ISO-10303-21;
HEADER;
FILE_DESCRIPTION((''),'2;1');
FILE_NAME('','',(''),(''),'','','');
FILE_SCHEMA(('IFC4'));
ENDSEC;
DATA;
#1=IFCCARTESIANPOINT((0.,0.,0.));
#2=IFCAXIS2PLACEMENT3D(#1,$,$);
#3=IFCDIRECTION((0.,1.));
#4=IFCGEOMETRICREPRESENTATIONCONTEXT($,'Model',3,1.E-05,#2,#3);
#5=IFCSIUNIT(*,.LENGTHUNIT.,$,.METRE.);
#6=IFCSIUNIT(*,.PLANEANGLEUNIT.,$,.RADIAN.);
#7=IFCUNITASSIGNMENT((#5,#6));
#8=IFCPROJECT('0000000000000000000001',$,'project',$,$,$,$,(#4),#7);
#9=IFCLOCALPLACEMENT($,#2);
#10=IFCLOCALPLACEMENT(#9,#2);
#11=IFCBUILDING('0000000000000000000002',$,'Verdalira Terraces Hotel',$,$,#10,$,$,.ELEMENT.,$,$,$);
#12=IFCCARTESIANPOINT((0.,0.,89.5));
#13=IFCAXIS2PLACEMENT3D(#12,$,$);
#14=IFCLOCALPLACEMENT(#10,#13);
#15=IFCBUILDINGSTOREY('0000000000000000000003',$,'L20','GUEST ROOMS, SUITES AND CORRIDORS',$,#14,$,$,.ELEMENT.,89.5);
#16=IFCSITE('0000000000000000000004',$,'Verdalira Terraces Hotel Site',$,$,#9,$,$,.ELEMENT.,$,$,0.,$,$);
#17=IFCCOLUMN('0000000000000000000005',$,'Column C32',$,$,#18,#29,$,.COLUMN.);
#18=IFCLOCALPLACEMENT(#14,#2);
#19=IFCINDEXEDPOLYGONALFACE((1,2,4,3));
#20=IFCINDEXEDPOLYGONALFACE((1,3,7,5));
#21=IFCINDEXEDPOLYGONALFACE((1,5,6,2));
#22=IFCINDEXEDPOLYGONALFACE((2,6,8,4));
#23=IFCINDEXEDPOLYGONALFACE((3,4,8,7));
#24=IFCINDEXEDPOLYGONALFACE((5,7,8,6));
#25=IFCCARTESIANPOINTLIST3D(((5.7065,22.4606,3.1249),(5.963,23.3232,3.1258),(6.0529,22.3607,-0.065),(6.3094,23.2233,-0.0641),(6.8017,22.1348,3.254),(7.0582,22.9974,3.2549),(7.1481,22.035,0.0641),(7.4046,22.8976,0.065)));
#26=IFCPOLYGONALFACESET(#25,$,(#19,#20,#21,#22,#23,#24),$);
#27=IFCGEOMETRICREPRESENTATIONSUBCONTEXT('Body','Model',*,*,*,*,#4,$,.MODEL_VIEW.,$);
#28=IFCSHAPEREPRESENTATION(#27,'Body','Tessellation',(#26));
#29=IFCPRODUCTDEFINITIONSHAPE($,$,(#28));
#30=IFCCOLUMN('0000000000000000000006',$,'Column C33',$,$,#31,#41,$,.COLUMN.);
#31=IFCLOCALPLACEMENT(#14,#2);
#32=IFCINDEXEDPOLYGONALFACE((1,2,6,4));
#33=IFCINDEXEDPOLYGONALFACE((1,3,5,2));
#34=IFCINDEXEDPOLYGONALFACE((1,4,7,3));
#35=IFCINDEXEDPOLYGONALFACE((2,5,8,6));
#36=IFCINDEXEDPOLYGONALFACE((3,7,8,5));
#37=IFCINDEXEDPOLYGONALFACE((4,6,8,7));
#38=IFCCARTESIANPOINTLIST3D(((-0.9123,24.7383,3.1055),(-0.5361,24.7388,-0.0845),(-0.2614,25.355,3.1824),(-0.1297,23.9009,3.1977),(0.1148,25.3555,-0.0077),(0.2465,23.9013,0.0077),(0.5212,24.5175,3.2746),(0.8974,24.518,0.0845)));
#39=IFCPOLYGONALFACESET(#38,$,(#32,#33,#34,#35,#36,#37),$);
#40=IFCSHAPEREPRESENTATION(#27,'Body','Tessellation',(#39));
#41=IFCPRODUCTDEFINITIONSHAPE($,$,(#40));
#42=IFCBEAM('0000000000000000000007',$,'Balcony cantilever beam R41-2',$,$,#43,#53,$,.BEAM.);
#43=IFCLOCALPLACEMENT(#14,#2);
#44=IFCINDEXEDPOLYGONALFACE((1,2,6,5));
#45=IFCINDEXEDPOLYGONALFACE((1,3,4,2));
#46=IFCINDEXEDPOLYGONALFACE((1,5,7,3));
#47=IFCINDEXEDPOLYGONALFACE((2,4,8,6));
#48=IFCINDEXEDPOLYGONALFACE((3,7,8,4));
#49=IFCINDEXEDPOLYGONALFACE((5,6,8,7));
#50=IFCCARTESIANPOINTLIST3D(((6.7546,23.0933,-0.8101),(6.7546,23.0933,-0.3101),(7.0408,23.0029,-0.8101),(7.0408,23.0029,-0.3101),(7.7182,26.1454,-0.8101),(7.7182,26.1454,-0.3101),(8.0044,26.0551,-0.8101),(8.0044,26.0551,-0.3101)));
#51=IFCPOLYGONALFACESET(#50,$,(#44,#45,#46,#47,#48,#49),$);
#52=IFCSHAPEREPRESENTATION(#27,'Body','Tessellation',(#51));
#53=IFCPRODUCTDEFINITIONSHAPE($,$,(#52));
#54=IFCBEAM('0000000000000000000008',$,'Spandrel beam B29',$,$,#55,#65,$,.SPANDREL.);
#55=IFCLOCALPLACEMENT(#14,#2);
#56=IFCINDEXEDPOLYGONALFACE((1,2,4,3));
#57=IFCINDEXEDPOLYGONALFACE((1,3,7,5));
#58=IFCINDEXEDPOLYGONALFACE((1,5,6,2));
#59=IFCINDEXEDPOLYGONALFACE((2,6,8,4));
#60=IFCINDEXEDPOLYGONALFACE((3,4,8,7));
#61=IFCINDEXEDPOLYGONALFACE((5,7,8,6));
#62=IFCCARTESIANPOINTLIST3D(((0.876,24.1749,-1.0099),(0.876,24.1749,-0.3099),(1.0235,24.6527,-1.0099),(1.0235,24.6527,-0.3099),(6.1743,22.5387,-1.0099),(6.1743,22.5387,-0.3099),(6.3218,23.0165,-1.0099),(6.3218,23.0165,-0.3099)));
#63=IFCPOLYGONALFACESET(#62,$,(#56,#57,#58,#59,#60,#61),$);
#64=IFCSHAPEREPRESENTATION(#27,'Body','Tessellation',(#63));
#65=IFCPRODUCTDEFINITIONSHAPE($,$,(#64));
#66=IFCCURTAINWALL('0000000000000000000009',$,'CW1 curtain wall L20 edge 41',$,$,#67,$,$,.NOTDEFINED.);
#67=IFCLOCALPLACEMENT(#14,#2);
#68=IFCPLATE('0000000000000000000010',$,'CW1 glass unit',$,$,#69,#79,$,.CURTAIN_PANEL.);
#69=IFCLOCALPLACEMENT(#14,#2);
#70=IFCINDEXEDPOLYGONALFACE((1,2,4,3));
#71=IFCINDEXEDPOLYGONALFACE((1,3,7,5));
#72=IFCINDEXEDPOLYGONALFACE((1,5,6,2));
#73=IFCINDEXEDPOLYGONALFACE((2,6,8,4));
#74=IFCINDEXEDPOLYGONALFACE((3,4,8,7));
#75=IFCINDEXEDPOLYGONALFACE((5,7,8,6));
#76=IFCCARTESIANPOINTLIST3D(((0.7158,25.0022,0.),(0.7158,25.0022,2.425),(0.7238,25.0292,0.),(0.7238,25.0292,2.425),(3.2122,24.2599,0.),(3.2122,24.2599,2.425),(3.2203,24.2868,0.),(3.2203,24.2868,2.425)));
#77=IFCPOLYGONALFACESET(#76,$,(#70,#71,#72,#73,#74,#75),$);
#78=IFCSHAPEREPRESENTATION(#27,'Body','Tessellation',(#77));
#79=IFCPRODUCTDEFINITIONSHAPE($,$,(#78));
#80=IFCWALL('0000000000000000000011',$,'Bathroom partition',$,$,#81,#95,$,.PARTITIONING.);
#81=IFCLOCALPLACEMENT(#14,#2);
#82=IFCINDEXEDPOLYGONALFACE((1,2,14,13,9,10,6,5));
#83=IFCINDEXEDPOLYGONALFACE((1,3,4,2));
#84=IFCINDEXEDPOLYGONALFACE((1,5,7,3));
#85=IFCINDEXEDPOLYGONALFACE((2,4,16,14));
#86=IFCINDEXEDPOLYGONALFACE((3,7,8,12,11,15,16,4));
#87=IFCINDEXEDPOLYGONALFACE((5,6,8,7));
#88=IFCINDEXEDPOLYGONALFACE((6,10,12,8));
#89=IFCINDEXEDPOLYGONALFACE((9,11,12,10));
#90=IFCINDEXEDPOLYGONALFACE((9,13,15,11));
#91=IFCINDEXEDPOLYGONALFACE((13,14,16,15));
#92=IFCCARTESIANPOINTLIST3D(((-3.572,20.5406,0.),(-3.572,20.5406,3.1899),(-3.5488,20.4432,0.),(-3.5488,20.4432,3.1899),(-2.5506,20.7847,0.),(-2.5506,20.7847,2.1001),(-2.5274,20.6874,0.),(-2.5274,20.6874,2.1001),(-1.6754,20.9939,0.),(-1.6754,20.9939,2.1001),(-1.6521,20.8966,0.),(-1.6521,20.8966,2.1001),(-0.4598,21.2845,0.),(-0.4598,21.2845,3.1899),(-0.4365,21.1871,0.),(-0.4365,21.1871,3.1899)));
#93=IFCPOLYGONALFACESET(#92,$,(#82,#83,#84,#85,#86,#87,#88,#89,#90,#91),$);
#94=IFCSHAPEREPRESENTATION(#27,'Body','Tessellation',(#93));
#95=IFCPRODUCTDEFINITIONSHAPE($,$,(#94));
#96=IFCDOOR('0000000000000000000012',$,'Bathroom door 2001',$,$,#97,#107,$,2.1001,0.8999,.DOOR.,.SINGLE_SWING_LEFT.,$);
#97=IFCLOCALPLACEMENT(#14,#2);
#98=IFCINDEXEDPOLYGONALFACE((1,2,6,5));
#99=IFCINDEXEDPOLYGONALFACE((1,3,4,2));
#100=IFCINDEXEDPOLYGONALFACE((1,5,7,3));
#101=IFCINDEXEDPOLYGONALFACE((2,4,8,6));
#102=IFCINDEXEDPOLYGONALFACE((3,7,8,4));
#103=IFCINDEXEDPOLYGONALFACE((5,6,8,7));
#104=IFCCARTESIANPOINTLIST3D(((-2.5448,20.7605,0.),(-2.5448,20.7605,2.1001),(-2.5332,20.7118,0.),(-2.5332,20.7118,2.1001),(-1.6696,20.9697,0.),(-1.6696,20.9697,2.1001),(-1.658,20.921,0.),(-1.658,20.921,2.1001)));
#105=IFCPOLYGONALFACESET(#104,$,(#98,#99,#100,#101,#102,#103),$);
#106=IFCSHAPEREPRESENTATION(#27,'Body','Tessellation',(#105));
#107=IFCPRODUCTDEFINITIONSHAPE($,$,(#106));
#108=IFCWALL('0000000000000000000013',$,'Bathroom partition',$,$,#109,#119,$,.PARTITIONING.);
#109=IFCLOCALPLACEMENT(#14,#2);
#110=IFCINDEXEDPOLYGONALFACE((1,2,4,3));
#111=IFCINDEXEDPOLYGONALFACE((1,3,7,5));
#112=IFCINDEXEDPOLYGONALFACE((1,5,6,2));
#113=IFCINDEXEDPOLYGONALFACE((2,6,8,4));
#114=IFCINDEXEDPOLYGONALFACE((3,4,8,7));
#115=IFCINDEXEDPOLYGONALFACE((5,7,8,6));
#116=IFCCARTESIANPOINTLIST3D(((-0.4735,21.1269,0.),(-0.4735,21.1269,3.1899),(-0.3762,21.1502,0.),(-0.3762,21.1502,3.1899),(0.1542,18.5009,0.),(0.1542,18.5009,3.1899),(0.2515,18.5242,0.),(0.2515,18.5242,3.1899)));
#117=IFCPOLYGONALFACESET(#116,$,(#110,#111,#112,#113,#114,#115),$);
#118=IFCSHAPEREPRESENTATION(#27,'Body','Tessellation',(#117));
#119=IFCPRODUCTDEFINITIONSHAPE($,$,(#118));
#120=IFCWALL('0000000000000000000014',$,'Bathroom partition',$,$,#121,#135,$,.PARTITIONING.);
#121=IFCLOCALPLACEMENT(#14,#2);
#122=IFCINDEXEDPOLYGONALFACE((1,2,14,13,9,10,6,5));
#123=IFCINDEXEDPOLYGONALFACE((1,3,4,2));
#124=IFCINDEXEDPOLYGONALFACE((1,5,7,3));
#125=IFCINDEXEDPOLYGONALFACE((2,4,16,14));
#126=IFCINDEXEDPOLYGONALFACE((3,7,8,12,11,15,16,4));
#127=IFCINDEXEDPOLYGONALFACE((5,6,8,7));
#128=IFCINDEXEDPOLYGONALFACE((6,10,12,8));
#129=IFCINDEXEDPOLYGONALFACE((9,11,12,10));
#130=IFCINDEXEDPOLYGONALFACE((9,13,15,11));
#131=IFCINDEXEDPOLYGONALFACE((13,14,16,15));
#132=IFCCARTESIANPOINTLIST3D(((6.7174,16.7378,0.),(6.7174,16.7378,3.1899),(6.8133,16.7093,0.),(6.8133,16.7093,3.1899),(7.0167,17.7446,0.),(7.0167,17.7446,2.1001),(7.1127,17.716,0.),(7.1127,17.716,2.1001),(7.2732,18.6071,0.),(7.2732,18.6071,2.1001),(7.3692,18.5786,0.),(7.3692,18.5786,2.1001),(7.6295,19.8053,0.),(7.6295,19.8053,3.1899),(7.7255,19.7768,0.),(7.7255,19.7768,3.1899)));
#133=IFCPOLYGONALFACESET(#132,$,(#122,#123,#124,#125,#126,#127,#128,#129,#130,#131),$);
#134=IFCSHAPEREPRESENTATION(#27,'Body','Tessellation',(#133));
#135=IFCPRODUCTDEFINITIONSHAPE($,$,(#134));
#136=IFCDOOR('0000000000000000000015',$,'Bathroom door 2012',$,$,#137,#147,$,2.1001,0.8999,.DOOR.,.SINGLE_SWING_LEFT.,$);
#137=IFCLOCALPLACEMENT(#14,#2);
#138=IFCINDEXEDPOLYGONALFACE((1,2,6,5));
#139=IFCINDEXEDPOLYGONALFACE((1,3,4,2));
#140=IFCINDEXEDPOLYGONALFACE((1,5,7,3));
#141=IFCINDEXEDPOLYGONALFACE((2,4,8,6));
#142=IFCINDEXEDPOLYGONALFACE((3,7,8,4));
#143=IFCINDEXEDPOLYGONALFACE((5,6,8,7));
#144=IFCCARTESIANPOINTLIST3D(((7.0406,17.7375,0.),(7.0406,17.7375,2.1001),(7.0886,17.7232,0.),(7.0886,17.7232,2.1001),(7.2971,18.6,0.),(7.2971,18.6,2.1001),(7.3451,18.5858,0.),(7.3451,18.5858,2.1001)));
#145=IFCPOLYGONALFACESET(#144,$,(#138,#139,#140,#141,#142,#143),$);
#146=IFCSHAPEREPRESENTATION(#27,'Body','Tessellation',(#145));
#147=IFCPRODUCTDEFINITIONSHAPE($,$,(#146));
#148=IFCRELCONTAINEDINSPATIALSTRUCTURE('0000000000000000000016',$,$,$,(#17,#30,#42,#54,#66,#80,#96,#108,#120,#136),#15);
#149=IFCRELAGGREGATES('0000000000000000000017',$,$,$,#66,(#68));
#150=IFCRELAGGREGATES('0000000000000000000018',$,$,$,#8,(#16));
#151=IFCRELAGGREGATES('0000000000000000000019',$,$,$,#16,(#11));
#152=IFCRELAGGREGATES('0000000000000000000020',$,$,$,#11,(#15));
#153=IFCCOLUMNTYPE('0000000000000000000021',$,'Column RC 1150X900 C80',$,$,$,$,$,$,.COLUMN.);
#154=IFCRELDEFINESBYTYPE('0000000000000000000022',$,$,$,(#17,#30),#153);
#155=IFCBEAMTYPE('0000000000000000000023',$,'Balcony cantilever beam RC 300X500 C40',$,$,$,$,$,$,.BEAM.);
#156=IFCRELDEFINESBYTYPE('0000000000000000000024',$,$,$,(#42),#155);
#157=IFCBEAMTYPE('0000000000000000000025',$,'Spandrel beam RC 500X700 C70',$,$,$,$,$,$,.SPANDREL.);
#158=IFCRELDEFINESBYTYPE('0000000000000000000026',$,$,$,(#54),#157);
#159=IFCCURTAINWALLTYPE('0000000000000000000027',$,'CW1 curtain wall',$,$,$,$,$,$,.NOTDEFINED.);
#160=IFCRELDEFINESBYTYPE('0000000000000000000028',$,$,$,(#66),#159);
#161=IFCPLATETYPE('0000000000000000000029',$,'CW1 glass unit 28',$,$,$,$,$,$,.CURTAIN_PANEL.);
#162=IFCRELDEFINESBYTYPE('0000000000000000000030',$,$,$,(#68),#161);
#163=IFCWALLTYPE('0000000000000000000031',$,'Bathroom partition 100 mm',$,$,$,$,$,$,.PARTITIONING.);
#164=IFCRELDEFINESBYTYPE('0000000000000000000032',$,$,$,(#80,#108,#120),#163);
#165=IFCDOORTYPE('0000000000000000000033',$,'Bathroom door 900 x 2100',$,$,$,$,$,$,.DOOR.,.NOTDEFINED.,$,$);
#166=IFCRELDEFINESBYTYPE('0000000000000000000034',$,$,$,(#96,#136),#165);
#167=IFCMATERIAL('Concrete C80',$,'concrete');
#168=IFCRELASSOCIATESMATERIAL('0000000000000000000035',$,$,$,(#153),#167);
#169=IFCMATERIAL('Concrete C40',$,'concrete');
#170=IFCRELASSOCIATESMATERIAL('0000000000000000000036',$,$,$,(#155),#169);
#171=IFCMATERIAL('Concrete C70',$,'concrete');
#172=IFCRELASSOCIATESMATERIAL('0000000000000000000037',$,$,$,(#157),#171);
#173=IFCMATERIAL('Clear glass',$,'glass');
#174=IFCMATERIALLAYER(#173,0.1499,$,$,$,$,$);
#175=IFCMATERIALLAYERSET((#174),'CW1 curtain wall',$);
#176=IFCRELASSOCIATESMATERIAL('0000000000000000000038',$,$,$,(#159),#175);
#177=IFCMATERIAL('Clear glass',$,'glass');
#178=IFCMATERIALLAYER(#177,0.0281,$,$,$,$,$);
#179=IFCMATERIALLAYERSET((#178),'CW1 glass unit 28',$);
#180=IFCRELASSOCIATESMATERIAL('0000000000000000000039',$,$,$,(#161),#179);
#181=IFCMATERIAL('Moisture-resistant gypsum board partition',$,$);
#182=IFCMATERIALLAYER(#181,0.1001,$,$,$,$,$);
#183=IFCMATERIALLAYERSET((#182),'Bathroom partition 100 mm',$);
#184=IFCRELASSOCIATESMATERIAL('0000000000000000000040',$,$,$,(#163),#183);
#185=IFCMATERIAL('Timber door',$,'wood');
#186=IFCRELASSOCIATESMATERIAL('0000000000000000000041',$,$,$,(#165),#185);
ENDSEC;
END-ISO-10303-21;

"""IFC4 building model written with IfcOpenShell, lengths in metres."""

from ifc_helpers import new_model, si_unit, direction, frame, frame_2d, origin, origin_2d, place, context, subcontext, project, spatial, rectangle, extrude, material, layer, layer_set, material_profile, profile_set, type_object, element, fill, aggregate, save


model = new_model("IFC4")

# Units and contexts
model_context = context("Model", 3, precision=1e-05, world=origin(), true_north=direction((0.0, 1.0)))
body_context = subcontext(model_context, "Body", "Model", "MODEL_VIEW")
ifc_project = project(units=[si_unit("LENGTHUNIT", "METRE"), si_unit("PLANEANGLEUNIT", "RADIAN")], contexts=[model_context])

# Site, building, storey
site_placement = place(None, origin())
site = spatial("IfcSite", under=ifc_project, at=site_placement, Name="Verdalira Terraces Hotel Site", CompositionType="ELEMENT", RefElevation=0.0)
building_placement = place(site_placement, origin())
building = spatial("IfcBuilding", under=site, at=building_placement, Name="Verdalira Terraces Hotel", CompositionType="ELEMENT")
storey_placement = place(building_placement, frame((0.0, 0.0, 89.5)))
storey = spatial("IfcBuildingStorey", under=building, at=storey_placement, Name="L20", Description="GUEST ROOMS, SUITES AND CORRIDORS", CompositionType="ELEMENT", Elevation=89.5)

# Columns
ifc_material_1 = material(Name="Concrete C80", Category="concrete")
ifc_material_profile_1 = material_profile(ifc_material_1, rectangle(XDim=1.1499, YDim=0.8999, at=origin_2d()), Name="RC 1150X900")
ifc_profile_set_1 = profile_set([ifc_material_profile_1], Name="Concrete C80")
column_type = type_object("IfcColumnType", Name="Column RC 1150X900 C80", PredefinedType="COLUMN", material=ifc_profile_set_1)
column_1_placement = place(storey_placement, frame((6.7288, 22.6291, 0.0), z_axis=(-0.107915, 0.031105, 0.993673), x_axis=(-0.952434, 0.283296, -0.112305)))
element("IfcColumn", 1, at=column_1_placement, inside=storey, type_object=column_type, Name="Column C32", PredefinedType="COLUMN", context=body_context, shape_type="SweptSolid", body=[
    extrude(rectangle(XDim=1.1499, YDim=0.8999, at=origin_2d()), origin(), (0.0, 0.0, 1.0), 3.2102),
])
column_2_placement = place(storey_placement, frame((0.1807, 24.6284, 0.0), z_axis=(-0.117128, -0.000152, 0.993117), x_axis=(0.680565, -0.72829, 0.080154)))
element("IfcColumn", 2, at=column_2_placement, inside=storey, type_object=column_type, Name="Column C33", PredefinedType="COLUMN", context=body_context, shape_type="SweptSolid", body=[
    extrude(rectangle(XDim=1.1499, YDim=0.8999, at=origin_2d()), origin(), (0.0, 0.0, 1.0), 3.2122),
])

# Beams
ifc_material_2 = material(Name="Concrete C40", Category="concrete")
ifc_material_profile_2 = material_profile(ifc_material_2, rectangle(XDim=0.3, YDim=0.5, at=origin_2d()), Name="RC 300X500")
ifc_profile_set_2 = profile_set([ifc_material_profile_2], Name="Concrete C40")
beam_type_1 = type_object("IfcBeamType", Name="Balcony cantilever beam RC 300X500 C40", PredefinedType="BEAM", material=ifc_profile_set_2)
beam_1_placement = place(storey_placement, frame((6.8977, 23.0481, -0.5601), z_axis=(0.301062, 0.953605, 0.0), x_axis=(-0.953605, 0.301062, 0.0)))
element("IfcBeam", 3, at=beam_1_placement, inside=storey, type_object=beam_type_1, Name="Balcony cantilever beam R41-2", PredefinedType="BEAM", context=body_context, shape_type="SweptSolid", body=[
    extrude(rectangle(XDim=0.3, YDim=0.5, at=origin_2d()), origin(), (0.0, 0.0, 1.0), 3.2007),
])
ifc_material_3 = material(Name="Concrete C70", Category="concrete")
ifc_material_profile_3 = material_profile(ifc_material_3, rectangle(XDim=0.5, YDim=0.7, at=origin_2d()), Name="RC 500X700")
ifc_profile_set_3 = profile_set([ifc_material_profile_3], Name="Concrete C70")
beam_type_2 = type_object("IfcBeamType", Name="Spandrel beam RC 500X700 C70", PredefinedType="SPANDREL", material=ifc_profile_set_3)
beam_2_placement = place(storey_placement, frame((6.248, 22.7776, -0.6599), z_axis=(-0.955476, 0.29507, 0.0), x_axis=(-0.29507, -0.955476, 0.0)))
element("IfcBeam", 4, at=beam_2_placement, inside=storey, type_object=beam_type_2, Name="Spandrel beam B29", PredefinedType="SPANDREL", context=body_context, shape_type="SweptSolid", body=[
    extrude(rectangle(XDim=0.5, YDim=0.7, at=origin_2d()), origin(), (0.0, 0.0, 1.0), 5.5452),
])

# Curtain wall, plate
ifc_material_4 = material(Name="Clear glass", Category="glass")
ifc_layer_1 = layer(ifc_material_4, 0.1499)
ifc_layer_set_1 = layer_set([ifc_layer_1], Name="CW1 curtain wall")
curtain_wall_type = type_object("IfcCurtainWallType", Name="CW1 curtain wall", PredefinedType="NOTDEFINED", material=ifc_layer_set_1)
curtain_wall_placement = place(storey_placement, origin())
curtain_wall = element("IfcCurtainWall", 5, at=curtain_wall_placement, inside=storey, type_object=curtain_wall_type, Name="CW1 curtain wall L20 edge 41", PredefinedType="NOTDEFINED")
ifc_material_5 = material(Name="Clear glass", Category="glass")
ifc_layer_2 = layer(ifc_material_5, 0.0281)
ifc_layer_set_2 = layer_set([ifc_layer_2], Name="CW1 glass unit 28")
plate_type = type_object("IfcPlateType", Name="CW1 glass unit 28", PredefinedType="CURTAIN_PANEL", material=ifc_layer_set_2)
plate_placement = place(storey_placement, frame((1.968, 24.6445, 0.0), z_axis=(0.0, 0.0, 1.0), x_axis=(-0.958522, 0.285019, 0.0)))
plate = element("IfcPlate", 6, at=plate_placement, type_object=plate_type, Name="CW1 glass unit", PredefinedType="CURTAIN_PANEL", context=body_context, shape_type="SweptSolid", body=[
    extrude(rectangle(XDim=2.6045, YDim=0.0281, at=origin_2d()), origin(), (0.0, 0.0, 1.0), 2.425),
])
aggregate(curtain_wall, [plate])

# Wall, opening, door
ifc_material_6 = material(Name="Moisture-resistant gypsum board partition")
ifc_layer_3 = layer(ifc_material_6, 0.1001)
ifc_layer_set_3 = layer_set([ifc_layer_3], Name="Bathroom partition 100 mm")
wall_type_1 = type_object("IfcWallType", Name="Bathroom partition 100 mm", PredefinedType="PARTITIONING", material=ifc_layer_set_3)
wall_1_placement = place(storey_placement, frame((-0.448, 21.2358, 0.0), z_axis=(0.0, 0.0, 1.0), x_axis=(-0.972604, -0.23247, 0.0)))
wall_1 = element("IfcWall", 7, at=wall_1_placement, inside=storey, type_object=wall_type_1, Name="Bathroom partition", PredefinedType="PARTITIONING", context=body_context, shape_type="SweptSolid", body=[
    extrude(rectangle(XDim=3.2, YDim=0.1001, at=frame_2d((1.6001, 0.0))), origin(), (0.0, 0.0, 1.0), 3.1899),
])
opening_1_placement = place(wall_1_placement, frame((1.25, 0.0, 0.0)))
opening_1 = element("IfcOpeningElement", 8, at=opening_1_placement, cuts=wall_1, PredefinedType="OPENING", context=body_context, shape_type="SweptSolid", body=[
    extrude(rectangle(XDim=0.8999, YDim=2.1001, at=frame_2d((0.45, 1.05))), frame((0.0, 0.0601, 0.0), z_axis=(0.0, -1.0, 0.0), x_axis=(1.0, 0.0, 0.0)), (0.0, 0.0, 1.0), 0.1201),
])
ifc_material_7 = material(Name="Timber door", Category="wood")
door_type_1 = type_object("IfcDoorType", Name="Bathroom door 900 x 2100", OperationType="NOTDEFINED", PredefinedType="DOOR", material=ifc_material_7)
door_1_placement = place(opening_1_placement, origin())
door_1 = element("IfcDoor", 9, at=door_1_placement, inside=storey, type_object=door_type_1, Name="Bathroom door 2001", OperationType="SINGLE_SWING_LEFT", OverallHeight=2.1001, OverallWidth=0.8999, PredefinedType="DOOR", context=body_context, shape_type="SweptSolid", body=[
    extrude(rectangle(XDim=0.8999, YDim=2.1001, at=frame_2d((0.45, 1.05))), frame((0.0, 0.0249, 0.0), z_axis=(0.0, -1.0, 0.0), x_axis=(1.0, 0.0, 0.0)), (0.0, 0.0, 1.0), 0.05),
])
fill(opening_1, door_1)

# Wall
wall_2_placement = place(storey_placement, frame((0.2029, 18.5125, 0.0), z_axis=(0.0, 0.0, 1.0), x_axis=(-0.23248, 0.972601, 0.0)))
element("IfcWall", 10, at=wall_2_placement, inside=storey, type_object=wall_type_1, Name="Bathroom partition", PredefinedType="PARTITIONING", context=body_context, shape_type="SweptSolid", body=[
    extrude(rectangle(XDim=2.7, YDim=0.1001, at=frame_2d((1.3501, 0.0))), origin(), (0.0, 0.0, 1.0), 3.1899),
])

# Wall, opening, door
wall_3_placement = place(storey_placement, frame((7.6775, 19.791, 0.0), z_axis=(0.0, 0.0, 1.0), x_axis=(-0.285023, -0.958521, 0.0)))
wall_3 = element("IfcWall", 11, at=wall_3_placement, inside=storey, type_object=wall_type_1, Name="Bathroom partition", PredefinedType="PARTITIONING", context=body_context, shape_type="SweptSolid", body=[
    extrude(rectangle(XDim=3.2002, YDim=0.1001, at=frame_2d((1.6001, 0.0))), origin(), (0.0, 0.0, 1.0), 3.1899),
])
opening_2_placement = place(wall_3_placement, frame((1.25, 0.0, 0.0)))
opening_2 = element("IfcOpeningElement", 12, at=opening_2_placement, cuts=wall_3, PredefinedType="OPENING", context=body_context, shape_type="SweptSolid", body=[
    extrude(rectangle(XDim=0.8999, YDim=2.1001, at=frame_2d((0.45, 1.05))), frame((0.0, 0.0601, 0.0), z_axis=(0.0, -1.0, 0.0), x_axis=(1.0, 0.0, 0.0)), (0.0, 0.0, 1.0), 0.1201),
])
door_2_placement = place(opening_2_placement, origin())
door_2 = element("IfcDoor", 13, at=door_2_placement, inside=storey, type_object=door_type_1, Name="Bathroom door 2012", OperationType="SINGLE_SWING_LEFT", OverallHeight=2.1001, OverallWidth=0.8999, PredefinedType="DOOR", context=body_context, shape_type="SweptSolid", body=[
    extrude(rectangle(XDim=0.8999, YDim=2.1001, at=frame_2d((0.45, 1.05))), frame((0.0, 0.0249, 0.0), z_axis=(0.0, -1.0, 0.0), x_axis=(1.0, 0.0, 0.0)), (0.0, 0.0, 1.0), 0.05),
])
fill(opening_2, door_2)

save(model, "model.ifc")
